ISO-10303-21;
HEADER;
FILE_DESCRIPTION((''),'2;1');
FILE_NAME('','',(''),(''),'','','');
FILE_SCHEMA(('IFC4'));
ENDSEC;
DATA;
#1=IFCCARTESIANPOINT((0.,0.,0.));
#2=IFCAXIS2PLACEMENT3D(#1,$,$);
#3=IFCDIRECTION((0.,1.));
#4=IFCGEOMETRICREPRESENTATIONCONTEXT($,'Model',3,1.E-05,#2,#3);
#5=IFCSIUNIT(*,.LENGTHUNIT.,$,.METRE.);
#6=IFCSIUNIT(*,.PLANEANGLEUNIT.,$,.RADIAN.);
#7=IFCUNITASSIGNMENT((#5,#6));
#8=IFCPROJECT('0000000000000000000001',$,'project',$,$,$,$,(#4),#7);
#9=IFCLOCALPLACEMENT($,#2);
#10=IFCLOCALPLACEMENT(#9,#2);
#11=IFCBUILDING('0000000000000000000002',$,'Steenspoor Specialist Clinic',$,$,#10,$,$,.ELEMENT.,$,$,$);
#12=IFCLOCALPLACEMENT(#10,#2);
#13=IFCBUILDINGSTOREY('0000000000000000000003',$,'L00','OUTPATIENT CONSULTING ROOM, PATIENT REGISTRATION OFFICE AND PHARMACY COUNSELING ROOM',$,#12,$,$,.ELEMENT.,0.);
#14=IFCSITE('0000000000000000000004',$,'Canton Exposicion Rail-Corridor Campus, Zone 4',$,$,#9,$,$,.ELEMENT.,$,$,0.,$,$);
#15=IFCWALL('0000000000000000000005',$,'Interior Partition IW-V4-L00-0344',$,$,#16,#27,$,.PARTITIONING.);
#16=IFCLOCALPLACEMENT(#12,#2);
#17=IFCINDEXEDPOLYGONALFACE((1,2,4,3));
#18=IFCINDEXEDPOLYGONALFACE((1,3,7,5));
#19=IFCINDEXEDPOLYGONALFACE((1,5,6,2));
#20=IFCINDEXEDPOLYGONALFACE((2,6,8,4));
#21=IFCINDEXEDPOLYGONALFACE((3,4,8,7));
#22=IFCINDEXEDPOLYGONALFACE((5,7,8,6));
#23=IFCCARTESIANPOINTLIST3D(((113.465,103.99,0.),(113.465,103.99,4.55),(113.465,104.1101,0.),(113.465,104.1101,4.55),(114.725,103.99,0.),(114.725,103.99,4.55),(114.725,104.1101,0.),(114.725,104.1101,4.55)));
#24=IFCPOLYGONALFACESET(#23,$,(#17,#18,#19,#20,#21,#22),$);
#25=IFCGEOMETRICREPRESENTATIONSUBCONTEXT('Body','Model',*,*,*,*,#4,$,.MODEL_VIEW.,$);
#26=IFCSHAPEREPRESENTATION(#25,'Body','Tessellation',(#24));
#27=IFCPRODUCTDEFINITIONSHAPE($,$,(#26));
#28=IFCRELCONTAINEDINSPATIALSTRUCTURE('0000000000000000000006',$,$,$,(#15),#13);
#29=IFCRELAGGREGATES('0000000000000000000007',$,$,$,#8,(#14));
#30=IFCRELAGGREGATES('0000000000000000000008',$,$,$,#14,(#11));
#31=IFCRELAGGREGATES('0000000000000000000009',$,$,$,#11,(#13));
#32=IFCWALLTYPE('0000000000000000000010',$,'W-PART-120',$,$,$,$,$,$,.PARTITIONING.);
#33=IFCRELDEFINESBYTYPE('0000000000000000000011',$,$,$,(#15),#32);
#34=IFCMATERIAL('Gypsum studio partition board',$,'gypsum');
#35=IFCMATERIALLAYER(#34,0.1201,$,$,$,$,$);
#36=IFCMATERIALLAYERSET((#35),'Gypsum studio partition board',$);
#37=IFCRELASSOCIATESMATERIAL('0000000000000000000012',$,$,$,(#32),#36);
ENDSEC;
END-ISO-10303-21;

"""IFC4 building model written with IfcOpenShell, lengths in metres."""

from ifc_helpers import new_model, si_unit, direction, frame, frame_2d, origin, place, context, subcontext, project, spatial, rectangle, extrude, material, layer, layer_set, type_object, element, save


model = new_model("IFC4")

# Units and contexts
model_context = context("Model", 3, precision=1e-05, world=origin(), true_north=direction((0.0, 1.0)))
body_context = subcontext(model_context, "Body", "Model", "MODEL_VIEW")
ifc_project = project(units=[si_unit("LENGTHUNIT", "METRE"), si_unit("PLANEANGLEUNIT", "RADIAN")], contexts=[model_context])

# Site, building, storey
site_placement = place(None, origin())
site = spatial("IfcSite", under=ifc_project, at=site_placement, Name="Canton Exposicion Rail-Corridor Campus, Zone 4", CompositionType="ELEMENT", RefElevation=0.0)
building_placement = place(site_placement, origin())
building = spatial("IfcBuilding", under=site, at=building_placement, Name="Steenspoor Specialist Clinic", CompositionType="ELEMENT")
storey_placement = place(building_placement, origin())
storey = spatial("IfcBuildingStorey", under=building, at=storey_placement, Name="L00", Description="OUTPATIENT CONSULTING ROOM, PATIENT REGISTRATION OFFICE AND PHARMACY COUNSELING ROOM", CompositionType="ELEMENT", Elevation=0.0)

# Wall
ifc_material_1 = material(Name="Gypsum studio partition board", Category="gypsum")
ifc_layer_1 = layer(ifc_material_1, 0.1201)
ifc_layer_set_1 = layer_set([ifc_layer_1], Name="Gypsum studio partition board")
wall_type_1 = type_object("IfcWallType", Name="W-PART-120", PredefinedType="PARTITIONING", material=ifc_layer_set_1)
wall_1_placement = place(storey_placement, frame((113.4651, 104.05, 0.0), z_axis=(0.0, 0.0, 1.0), x_axis=(1.0, 0.0, 0.0)))
element("IfcWall", 1, at=wall_1_placement, inside=storey, type_object=wall_type_1, Name="Interior Partition IW-V4-L00-0344", PredefinedType="PARTITIONING", context=body_context, shape_type="SweptSolid", body=[
    extrude(rectangle(XDim=1.26, YDim=0.1201, at=frame_2d((0.6299, 0.0))), origin(), (0.0, 0.0, 1.0), 4.55),
])

save(model, "model.ifc")
